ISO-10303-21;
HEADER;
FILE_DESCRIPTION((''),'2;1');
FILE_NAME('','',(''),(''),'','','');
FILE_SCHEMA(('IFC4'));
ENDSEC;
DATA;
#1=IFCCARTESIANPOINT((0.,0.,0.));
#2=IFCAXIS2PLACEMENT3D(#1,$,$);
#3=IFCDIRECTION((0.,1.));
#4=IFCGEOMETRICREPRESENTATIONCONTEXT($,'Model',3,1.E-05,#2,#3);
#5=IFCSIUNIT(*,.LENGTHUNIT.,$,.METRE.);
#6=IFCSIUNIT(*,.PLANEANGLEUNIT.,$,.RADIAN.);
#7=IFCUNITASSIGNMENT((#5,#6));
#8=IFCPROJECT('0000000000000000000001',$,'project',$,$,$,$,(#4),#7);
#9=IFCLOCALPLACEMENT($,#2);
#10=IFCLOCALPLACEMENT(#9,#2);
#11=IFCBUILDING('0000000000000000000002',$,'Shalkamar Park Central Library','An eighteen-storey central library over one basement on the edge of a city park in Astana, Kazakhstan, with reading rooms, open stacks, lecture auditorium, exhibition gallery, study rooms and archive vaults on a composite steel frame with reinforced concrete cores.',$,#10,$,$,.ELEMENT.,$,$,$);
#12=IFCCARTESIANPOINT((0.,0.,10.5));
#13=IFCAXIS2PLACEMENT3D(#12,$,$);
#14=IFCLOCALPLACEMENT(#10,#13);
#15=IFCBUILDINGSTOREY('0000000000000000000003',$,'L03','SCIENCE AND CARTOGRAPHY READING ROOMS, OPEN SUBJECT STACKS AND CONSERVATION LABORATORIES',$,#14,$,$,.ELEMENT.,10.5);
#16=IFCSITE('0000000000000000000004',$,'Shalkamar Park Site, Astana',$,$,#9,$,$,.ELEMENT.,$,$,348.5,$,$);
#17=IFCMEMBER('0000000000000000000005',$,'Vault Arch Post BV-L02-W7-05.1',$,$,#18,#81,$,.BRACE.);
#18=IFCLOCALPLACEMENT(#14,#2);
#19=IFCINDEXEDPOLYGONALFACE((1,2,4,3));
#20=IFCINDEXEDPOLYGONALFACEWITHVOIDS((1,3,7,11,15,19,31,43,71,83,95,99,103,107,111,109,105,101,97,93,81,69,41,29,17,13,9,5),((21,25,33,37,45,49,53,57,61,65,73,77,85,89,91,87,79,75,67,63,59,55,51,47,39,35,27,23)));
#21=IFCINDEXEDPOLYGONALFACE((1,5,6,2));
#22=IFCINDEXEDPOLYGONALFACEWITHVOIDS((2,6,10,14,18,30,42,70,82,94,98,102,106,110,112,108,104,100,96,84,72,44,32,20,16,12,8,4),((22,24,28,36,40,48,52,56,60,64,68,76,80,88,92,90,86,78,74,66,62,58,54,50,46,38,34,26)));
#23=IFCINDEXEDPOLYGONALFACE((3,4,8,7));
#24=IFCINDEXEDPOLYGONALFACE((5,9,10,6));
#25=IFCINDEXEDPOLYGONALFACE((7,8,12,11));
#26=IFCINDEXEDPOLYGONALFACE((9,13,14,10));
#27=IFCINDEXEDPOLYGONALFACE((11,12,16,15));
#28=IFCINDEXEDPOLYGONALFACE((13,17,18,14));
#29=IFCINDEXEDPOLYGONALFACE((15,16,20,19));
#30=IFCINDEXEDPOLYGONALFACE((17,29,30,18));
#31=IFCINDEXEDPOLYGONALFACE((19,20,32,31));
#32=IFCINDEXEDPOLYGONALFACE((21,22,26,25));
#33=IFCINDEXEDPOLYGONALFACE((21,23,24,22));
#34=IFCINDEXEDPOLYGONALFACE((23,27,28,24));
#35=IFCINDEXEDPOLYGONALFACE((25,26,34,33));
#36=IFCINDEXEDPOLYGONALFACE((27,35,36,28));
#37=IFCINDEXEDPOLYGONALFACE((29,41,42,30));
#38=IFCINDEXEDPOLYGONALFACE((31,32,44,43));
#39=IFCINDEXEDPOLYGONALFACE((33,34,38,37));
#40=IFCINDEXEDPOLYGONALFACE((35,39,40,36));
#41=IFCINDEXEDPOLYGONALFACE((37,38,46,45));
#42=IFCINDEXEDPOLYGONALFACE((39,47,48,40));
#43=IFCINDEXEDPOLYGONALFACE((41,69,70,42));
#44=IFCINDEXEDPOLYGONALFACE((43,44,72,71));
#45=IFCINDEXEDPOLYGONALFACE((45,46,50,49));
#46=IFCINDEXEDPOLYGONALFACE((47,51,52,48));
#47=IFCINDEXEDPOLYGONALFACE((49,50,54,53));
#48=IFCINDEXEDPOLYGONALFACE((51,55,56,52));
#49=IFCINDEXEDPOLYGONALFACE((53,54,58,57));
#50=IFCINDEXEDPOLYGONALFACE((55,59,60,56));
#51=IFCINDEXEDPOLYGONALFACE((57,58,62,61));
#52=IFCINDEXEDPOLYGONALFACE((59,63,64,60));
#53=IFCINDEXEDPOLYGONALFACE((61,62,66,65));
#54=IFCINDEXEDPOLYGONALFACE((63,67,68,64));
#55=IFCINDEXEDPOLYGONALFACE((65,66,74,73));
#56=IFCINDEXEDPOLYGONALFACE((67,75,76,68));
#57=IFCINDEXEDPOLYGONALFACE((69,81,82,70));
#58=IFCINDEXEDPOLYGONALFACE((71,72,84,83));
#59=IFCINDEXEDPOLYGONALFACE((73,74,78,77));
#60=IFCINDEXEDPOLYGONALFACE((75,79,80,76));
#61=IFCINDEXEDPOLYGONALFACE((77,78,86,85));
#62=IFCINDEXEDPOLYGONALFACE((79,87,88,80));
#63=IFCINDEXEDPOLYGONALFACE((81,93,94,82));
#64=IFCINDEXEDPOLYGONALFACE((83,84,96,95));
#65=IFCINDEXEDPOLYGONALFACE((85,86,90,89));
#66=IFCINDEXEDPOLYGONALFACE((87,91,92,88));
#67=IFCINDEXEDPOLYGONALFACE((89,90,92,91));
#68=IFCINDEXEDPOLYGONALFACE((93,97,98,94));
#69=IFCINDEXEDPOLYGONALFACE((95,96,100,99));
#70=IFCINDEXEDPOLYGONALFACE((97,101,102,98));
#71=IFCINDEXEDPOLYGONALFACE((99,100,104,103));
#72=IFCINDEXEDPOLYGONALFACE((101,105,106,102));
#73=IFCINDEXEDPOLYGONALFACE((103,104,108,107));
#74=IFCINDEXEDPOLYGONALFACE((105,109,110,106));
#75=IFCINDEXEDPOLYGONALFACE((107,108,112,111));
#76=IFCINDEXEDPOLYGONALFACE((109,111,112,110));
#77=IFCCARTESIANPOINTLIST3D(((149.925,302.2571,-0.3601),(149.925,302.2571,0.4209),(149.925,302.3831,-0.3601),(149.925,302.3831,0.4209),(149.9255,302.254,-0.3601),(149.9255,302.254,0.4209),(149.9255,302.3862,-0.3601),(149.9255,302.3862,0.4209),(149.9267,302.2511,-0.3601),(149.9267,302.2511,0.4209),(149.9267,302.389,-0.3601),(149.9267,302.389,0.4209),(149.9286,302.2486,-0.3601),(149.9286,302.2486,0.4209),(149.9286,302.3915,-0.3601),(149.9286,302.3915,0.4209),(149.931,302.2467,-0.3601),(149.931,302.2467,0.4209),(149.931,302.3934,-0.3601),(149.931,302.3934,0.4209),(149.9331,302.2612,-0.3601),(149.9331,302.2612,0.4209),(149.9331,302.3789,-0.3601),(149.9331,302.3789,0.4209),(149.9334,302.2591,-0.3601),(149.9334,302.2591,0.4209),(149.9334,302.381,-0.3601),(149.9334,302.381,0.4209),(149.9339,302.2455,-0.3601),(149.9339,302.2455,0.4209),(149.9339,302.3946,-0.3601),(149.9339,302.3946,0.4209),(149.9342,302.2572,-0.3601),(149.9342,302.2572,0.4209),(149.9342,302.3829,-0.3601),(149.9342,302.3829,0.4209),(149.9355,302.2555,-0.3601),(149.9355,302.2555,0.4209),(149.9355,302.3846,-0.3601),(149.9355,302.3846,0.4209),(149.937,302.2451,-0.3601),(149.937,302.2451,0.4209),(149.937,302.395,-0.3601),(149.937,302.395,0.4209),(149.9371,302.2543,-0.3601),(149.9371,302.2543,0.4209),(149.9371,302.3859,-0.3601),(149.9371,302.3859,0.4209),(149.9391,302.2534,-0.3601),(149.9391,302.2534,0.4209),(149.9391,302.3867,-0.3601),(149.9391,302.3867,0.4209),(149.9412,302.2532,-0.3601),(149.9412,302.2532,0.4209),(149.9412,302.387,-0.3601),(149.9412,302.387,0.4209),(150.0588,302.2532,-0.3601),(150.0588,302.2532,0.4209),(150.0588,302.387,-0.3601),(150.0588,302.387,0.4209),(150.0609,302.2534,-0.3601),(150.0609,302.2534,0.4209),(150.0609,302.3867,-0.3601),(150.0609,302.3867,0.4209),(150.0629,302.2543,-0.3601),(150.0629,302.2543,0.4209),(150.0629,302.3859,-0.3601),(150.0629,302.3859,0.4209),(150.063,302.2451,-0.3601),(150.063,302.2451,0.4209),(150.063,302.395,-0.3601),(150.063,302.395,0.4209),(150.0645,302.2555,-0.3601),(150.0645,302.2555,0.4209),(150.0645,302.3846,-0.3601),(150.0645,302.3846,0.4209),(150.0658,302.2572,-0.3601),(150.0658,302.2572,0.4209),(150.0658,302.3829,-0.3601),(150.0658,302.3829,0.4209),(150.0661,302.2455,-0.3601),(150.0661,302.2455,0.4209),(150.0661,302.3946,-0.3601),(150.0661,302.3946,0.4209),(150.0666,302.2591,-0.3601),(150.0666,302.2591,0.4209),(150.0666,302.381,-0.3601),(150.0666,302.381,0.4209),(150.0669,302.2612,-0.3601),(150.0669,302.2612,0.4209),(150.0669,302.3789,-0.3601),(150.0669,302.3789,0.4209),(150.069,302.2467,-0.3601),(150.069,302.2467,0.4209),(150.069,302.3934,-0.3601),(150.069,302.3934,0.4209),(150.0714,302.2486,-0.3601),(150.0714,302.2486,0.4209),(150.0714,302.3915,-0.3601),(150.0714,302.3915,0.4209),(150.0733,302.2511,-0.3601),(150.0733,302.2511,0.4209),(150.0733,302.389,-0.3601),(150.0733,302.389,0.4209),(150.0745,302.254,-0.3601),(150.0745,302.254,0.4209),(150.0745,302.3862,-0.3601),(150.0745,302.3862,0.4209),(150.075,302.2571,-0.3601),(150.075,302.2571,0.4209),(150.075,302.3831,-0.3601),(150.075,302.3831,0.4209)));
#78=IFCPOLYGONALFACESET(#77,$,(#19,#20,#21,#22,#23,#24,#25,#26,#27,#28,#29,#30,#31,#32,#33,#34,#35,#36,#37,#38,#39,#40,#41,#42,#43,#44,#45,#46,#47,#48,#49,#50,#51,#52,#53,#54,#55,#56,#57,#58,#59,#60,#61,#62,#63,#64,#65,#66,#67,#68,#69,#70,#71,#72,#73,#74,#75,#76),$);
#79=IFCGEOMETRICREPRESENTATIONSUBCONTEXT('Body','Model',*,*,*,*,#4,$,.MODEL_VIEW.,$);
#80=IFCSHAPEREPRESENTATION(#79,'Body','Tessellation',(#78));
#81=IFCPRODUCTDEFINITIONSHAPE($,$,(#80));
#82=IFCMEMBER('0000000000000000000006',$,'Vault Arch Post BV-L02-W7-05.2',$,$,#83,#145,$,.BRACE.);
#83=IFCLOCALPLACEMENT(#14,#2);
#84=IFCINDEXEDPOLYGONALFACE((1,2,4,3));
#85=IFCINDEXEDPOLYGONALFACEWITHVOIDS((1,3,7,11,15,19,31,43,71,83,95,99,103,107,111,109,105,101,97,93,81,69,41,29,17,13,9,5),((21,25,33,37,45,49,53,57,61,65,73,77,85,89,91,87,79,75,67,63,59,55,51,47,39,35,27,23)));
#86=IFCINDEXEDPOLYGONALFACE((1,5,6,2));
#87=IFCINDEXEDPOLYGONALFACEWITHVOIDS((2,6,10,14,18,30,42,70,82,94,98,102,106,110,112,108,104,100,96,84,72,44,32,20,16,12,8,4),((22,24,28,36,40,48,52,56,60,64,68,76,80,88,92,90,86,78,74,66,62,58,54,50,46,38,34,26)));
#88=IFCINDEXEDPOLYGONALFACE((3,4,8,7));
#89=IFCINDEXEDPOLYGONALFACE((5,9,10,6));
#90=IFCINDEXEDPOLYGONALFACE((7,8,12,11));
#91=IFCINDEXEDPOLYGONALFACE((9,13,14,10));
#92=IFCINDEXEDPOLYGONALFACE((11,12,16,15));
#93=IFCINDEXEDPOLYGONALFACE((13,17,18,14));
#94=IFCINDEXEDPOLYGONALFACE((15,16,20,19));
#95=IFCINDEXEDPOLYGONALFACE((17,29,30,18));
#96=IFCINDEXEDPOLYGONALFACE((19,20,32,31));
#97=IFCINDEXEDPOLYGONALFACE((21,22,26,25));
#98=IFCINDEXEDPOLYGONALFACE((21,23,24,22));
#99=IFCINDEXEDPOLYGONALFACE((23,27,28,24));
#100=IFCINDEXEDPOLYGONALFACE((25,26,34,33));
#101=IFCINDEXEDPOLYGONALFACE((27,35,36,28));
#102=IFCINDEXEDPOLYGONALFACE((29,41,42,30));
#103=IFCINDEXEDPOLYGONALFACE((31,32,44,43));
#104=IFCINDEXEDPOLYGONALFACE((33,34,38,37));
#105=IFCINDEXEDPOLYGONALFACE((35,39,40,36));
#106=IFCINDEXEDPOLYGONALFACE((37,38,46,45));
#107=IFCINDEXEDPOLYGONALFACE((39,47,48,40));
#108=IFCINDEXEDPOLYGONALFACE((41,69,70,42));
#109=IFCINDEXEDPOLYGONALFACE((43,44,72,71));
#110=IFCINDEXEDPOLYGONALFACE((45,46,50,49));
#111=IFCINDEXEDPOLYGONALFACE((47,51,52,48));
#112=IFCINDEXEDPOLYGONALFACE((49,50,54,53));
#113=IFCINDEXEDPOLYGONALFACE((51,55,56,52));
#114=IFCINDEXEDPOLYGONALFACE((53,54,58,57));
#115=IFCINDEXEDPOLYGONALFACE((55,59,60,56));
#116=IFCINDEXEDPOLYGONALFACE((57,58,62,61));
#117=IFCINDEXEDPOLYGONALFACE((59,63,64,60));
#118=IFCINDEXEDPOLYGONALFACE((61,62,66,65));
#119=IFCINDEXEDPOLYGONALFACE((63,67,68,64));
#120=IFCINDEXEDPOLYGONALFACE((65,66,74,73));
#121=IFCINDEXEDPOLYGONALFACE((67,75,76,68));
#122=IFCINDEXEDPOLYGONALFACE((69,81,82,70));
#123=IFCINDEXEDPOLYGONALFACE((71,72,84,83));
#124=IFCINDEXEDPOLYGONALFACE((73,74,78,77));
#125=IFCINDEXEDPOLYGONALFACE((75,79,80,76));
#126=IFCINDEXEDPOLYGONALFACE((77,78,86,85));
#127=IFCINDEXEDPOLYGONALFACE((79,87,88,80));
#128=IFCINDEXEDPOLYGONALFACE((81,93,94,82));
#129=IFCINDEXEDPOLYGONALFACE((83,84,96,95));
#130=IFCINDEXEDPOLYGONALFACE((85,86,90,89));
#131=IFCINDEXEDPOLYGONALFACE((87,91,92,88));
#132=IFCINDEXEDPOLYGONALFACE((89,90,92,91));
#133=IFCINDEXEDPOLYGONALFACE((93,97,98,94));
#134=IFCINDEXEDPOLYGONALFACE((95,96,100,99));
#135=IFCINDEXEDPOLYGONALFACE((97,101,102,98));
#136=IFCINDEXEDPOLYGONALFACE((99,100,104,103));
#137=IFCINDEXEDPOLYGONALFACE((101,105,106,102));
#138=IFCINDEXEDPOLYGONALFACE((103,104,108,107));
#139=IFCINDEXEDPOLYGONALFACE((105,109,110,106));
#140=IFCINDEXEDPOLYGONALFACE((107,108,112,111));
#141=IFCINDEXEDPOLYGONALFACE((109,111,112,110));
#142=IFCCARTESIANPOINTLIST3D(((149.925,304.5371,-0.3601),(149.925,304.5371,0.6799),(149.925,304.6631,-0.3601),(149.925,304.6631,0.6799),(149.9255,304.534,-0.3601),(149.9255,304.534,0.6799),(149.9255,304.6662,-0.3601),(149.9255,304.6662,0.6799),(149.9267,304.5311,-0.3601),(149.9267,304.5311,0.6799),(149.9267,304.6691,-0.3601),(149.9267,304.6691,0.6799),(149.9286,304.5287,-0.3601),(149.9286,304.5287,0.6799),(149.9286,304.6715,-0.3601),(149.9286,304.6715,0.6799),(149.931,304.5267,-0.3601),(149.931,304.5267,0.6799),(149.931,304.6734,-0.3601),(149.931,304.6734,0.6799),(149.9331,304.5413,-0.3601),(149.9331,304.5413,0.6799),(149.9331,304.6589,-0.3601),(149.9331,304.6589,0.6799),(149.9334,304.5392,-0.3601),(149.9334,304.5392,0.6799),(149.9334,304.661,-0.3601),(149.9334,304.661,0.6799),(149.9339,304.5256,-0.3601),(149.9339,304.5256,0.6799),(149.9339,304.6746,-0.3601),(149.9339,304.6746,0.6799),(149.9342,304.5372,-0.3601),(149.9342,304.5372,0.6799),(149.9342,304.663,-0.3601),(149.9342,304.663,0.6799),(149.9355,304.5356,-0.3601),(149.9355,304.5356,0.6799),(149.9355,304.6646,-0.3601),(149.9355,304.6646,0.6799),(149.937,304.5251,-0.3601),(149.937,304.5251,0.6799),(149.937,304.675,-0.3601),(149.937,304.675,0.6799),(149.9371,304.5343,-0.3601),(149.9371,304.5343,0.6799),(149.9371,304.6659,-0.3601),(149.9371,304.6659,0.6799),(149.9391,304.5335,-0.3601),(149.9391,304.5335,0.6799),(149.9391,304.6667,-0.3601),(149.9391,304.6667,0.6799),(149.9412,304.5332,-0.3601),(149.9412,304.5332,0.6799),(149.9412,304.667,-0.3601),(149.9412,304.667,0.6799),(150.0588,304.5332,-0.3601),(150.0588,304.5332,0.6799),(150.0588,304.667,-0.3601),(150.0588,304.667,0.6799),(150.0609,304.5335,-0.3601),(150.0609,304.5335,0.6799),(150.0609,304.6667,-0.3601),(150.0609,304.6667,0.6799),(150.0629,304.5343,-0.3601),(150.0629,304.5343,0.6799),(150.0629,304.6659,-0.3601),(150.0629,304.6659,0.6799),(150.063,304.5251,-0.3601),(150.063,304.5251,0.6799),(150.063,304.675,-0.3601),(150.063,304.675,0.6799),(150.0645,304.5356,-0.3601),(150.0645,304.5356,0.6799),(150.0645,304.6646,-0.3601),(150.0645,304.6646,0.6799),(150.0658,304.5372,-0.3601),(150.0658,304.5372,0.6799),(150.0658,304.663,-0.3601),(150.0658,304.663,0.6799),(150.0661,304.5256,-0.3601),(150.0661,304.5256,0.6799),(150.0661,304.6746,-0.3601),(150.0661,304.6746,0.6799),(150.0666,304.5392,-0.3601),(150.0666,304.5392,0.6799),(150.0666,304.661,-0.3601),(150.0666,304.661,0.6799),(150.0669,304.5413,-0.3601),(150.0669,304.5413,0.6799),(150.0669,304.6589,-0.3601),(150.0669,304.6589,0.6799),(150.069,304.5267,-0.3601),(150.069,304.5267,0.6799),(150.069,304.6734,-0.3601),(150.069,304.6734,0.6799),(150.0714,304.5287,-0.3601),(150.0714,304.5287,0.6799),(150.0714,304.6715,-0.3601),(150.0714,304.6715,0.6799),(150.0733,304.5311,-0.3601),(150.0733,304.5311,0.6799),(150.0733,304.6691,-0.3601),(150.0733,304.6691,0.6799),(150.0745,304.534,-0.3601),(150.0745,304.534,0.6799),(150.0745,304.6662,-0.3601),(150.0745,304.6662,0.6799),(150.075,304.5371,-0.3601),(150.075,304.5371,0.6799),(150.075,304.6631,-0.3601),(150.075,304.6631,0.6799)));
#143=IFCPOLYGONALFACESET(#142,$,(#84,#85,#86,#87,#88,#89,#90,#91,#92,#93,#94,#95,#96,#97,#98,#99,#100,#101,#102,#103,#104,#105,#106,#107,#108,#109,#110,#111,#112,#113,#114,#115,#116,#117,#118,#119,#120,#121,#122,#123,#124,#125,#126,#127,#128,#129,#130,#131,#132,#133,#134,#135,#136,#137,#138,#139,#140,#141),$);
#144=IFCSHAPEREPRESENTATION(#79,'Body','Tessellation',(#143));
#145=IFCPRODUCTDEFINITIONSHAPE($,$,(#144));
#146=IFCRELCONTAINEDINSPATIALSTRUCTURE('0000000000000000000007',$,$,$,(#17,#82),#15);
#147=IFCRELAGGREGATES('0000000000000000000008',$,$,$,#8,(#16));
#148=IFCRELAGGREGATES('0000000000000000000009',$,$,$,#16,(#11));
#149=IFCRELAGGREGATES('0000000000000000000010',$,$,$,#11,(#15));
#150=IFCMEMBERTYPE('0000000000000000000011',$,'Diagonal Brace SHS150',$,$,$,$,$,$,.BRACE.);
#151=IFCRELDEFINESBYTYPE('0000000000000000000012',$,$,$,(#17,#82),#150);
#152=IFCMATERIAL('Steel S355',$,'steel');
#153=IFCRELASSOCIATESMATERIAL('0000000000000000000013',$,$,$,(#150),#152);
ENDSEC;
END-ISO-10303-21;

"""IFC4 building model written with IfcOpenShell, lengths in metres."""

from ifc_helpers import new_model, si_unit, direction, frame, origin, origin_2d, place, context, subcontext, project, spatial, hollow_rectangle, extrude, material, material_profile, profile_set, type_object, element, save


model = new_model("IFC4")

# Units and contexts
model_context = context("Model", 3, precision=1e-05, world=origin(), true_north=direction((0.0, 1.0)))
body_context = subcontext(model_context, "Body", "Model", "MODEL_VIEW")
ifc_project = project(units=[si_unit("LENGTHUNIT", "METRE"), si_unit("PLANEANGLEUNIT", "RADIAN")], contexts=[model_context])

# Site, building, storey
site_placement = place(None, origin())
site = spatial("IfcSite", under=ifc_project, at=site_placement, Name="Shalkamar Park Site, Astana", CompositionType="ELEMENT", RefElevation=348.5)
building_placement = place(site_placement, origin())
building = spatial("IfcBuilding", under=site, at=building_placement, Name="Shalkamar Park Central Library", Description="An eighteen-storey central library over one basement on the edge of a city park in Astana, Kazakhstan, with reading rooms, open stacks, lecture auditorium, exhibition gallery, study rooms and archive vaults on a composite steel frame with reinforced concrete cores.", CompositionType="ELEMENT")
storey_placement = place(building_placement, frame((0.0, 0.0, 10.5)))
storey = spatial("IfcBuildingStorey", under=building, at=storey_placement, Name="L03", Description="SCIENCE AND CARTOGRAPHY READING ROOMS, OPEN SUBJECT STACKS AND CONSERVATION LABORATORIES", CompositionType="ELEMENT", Elevation=10.5)

# Shared definitions
ifc_material_1 = material(Name="Steel S355", Category="steel")

# Members
ifc_material_profile_1 = material_profile(ifc_material_1, hollow_rectangle(XDim=0.1499, YDim=0.1499, WallThickness=0.0081, InnerFilletRadius=0.0081, OuterFilletRadius=0.012, at=origin_2d()), Name="SHS 150x150x8")
ifc_profile_set_1 = profile_set([ifc_material_profile_1], Name="Steel S355")
member_type_1 = type_object("IfcMemberType", Name="Diagonal Brace SHS150", PredefinedType="BRACE", material=ifc_profile_set_1)
for number, where, z_axis, x_axis, name in (
    (1, (150.0, 302.3201, -0.3601), (0.0, 0.0, 1.0), (1.0, 0.0, 0.0), "Vault Arch Post BV-L02-W7-05.1"),
):
    element("IfcMember", number, at=place(storey_placement, frame(where, z_axis=z_axis, x_axis=x_axis)), inside=storey, type_object=member_type_1, Name=name, PredefinedType="BRACE", context=body_context, shape_type="SweptSolid", body=[
        extrude(hollow_rectangle(XDim=0.1499, YDim=0.1499, WallThickness=0.0081, InnerFilletRadius=0.0081, OuterFilletRadius=0.012, at=origin_2d()), origin(), (0.0, 0.0, 1.0), 0.781),
    ])
member_1_placement = place(storey_placement, frame((150.0, 304.6001, -0.3601), z_axis=(0.0, 0.0, 1.0), x_axis=(1.0, 0.0, 0.0)))
element("IfcMember", 2, at=member_1_placement, inside=storey, type_object=member_type_1, Name="Vault Arch Post BV-L02-W7-05.2", PredefinedType="BRACE", context=body_context, shape_type="SweptSolid", body=[
    extrude(hollow_rectangle(XDim=0.1499, YDim=0.1499, WallThickness=0.0081, InnerFilletRadius=0.0081, OuterFilletRadius=0.012, at=origin_2d()), origin(), (0.0, 0.0, 1.0), 1.04),
])

save(model, "model.ifc")
